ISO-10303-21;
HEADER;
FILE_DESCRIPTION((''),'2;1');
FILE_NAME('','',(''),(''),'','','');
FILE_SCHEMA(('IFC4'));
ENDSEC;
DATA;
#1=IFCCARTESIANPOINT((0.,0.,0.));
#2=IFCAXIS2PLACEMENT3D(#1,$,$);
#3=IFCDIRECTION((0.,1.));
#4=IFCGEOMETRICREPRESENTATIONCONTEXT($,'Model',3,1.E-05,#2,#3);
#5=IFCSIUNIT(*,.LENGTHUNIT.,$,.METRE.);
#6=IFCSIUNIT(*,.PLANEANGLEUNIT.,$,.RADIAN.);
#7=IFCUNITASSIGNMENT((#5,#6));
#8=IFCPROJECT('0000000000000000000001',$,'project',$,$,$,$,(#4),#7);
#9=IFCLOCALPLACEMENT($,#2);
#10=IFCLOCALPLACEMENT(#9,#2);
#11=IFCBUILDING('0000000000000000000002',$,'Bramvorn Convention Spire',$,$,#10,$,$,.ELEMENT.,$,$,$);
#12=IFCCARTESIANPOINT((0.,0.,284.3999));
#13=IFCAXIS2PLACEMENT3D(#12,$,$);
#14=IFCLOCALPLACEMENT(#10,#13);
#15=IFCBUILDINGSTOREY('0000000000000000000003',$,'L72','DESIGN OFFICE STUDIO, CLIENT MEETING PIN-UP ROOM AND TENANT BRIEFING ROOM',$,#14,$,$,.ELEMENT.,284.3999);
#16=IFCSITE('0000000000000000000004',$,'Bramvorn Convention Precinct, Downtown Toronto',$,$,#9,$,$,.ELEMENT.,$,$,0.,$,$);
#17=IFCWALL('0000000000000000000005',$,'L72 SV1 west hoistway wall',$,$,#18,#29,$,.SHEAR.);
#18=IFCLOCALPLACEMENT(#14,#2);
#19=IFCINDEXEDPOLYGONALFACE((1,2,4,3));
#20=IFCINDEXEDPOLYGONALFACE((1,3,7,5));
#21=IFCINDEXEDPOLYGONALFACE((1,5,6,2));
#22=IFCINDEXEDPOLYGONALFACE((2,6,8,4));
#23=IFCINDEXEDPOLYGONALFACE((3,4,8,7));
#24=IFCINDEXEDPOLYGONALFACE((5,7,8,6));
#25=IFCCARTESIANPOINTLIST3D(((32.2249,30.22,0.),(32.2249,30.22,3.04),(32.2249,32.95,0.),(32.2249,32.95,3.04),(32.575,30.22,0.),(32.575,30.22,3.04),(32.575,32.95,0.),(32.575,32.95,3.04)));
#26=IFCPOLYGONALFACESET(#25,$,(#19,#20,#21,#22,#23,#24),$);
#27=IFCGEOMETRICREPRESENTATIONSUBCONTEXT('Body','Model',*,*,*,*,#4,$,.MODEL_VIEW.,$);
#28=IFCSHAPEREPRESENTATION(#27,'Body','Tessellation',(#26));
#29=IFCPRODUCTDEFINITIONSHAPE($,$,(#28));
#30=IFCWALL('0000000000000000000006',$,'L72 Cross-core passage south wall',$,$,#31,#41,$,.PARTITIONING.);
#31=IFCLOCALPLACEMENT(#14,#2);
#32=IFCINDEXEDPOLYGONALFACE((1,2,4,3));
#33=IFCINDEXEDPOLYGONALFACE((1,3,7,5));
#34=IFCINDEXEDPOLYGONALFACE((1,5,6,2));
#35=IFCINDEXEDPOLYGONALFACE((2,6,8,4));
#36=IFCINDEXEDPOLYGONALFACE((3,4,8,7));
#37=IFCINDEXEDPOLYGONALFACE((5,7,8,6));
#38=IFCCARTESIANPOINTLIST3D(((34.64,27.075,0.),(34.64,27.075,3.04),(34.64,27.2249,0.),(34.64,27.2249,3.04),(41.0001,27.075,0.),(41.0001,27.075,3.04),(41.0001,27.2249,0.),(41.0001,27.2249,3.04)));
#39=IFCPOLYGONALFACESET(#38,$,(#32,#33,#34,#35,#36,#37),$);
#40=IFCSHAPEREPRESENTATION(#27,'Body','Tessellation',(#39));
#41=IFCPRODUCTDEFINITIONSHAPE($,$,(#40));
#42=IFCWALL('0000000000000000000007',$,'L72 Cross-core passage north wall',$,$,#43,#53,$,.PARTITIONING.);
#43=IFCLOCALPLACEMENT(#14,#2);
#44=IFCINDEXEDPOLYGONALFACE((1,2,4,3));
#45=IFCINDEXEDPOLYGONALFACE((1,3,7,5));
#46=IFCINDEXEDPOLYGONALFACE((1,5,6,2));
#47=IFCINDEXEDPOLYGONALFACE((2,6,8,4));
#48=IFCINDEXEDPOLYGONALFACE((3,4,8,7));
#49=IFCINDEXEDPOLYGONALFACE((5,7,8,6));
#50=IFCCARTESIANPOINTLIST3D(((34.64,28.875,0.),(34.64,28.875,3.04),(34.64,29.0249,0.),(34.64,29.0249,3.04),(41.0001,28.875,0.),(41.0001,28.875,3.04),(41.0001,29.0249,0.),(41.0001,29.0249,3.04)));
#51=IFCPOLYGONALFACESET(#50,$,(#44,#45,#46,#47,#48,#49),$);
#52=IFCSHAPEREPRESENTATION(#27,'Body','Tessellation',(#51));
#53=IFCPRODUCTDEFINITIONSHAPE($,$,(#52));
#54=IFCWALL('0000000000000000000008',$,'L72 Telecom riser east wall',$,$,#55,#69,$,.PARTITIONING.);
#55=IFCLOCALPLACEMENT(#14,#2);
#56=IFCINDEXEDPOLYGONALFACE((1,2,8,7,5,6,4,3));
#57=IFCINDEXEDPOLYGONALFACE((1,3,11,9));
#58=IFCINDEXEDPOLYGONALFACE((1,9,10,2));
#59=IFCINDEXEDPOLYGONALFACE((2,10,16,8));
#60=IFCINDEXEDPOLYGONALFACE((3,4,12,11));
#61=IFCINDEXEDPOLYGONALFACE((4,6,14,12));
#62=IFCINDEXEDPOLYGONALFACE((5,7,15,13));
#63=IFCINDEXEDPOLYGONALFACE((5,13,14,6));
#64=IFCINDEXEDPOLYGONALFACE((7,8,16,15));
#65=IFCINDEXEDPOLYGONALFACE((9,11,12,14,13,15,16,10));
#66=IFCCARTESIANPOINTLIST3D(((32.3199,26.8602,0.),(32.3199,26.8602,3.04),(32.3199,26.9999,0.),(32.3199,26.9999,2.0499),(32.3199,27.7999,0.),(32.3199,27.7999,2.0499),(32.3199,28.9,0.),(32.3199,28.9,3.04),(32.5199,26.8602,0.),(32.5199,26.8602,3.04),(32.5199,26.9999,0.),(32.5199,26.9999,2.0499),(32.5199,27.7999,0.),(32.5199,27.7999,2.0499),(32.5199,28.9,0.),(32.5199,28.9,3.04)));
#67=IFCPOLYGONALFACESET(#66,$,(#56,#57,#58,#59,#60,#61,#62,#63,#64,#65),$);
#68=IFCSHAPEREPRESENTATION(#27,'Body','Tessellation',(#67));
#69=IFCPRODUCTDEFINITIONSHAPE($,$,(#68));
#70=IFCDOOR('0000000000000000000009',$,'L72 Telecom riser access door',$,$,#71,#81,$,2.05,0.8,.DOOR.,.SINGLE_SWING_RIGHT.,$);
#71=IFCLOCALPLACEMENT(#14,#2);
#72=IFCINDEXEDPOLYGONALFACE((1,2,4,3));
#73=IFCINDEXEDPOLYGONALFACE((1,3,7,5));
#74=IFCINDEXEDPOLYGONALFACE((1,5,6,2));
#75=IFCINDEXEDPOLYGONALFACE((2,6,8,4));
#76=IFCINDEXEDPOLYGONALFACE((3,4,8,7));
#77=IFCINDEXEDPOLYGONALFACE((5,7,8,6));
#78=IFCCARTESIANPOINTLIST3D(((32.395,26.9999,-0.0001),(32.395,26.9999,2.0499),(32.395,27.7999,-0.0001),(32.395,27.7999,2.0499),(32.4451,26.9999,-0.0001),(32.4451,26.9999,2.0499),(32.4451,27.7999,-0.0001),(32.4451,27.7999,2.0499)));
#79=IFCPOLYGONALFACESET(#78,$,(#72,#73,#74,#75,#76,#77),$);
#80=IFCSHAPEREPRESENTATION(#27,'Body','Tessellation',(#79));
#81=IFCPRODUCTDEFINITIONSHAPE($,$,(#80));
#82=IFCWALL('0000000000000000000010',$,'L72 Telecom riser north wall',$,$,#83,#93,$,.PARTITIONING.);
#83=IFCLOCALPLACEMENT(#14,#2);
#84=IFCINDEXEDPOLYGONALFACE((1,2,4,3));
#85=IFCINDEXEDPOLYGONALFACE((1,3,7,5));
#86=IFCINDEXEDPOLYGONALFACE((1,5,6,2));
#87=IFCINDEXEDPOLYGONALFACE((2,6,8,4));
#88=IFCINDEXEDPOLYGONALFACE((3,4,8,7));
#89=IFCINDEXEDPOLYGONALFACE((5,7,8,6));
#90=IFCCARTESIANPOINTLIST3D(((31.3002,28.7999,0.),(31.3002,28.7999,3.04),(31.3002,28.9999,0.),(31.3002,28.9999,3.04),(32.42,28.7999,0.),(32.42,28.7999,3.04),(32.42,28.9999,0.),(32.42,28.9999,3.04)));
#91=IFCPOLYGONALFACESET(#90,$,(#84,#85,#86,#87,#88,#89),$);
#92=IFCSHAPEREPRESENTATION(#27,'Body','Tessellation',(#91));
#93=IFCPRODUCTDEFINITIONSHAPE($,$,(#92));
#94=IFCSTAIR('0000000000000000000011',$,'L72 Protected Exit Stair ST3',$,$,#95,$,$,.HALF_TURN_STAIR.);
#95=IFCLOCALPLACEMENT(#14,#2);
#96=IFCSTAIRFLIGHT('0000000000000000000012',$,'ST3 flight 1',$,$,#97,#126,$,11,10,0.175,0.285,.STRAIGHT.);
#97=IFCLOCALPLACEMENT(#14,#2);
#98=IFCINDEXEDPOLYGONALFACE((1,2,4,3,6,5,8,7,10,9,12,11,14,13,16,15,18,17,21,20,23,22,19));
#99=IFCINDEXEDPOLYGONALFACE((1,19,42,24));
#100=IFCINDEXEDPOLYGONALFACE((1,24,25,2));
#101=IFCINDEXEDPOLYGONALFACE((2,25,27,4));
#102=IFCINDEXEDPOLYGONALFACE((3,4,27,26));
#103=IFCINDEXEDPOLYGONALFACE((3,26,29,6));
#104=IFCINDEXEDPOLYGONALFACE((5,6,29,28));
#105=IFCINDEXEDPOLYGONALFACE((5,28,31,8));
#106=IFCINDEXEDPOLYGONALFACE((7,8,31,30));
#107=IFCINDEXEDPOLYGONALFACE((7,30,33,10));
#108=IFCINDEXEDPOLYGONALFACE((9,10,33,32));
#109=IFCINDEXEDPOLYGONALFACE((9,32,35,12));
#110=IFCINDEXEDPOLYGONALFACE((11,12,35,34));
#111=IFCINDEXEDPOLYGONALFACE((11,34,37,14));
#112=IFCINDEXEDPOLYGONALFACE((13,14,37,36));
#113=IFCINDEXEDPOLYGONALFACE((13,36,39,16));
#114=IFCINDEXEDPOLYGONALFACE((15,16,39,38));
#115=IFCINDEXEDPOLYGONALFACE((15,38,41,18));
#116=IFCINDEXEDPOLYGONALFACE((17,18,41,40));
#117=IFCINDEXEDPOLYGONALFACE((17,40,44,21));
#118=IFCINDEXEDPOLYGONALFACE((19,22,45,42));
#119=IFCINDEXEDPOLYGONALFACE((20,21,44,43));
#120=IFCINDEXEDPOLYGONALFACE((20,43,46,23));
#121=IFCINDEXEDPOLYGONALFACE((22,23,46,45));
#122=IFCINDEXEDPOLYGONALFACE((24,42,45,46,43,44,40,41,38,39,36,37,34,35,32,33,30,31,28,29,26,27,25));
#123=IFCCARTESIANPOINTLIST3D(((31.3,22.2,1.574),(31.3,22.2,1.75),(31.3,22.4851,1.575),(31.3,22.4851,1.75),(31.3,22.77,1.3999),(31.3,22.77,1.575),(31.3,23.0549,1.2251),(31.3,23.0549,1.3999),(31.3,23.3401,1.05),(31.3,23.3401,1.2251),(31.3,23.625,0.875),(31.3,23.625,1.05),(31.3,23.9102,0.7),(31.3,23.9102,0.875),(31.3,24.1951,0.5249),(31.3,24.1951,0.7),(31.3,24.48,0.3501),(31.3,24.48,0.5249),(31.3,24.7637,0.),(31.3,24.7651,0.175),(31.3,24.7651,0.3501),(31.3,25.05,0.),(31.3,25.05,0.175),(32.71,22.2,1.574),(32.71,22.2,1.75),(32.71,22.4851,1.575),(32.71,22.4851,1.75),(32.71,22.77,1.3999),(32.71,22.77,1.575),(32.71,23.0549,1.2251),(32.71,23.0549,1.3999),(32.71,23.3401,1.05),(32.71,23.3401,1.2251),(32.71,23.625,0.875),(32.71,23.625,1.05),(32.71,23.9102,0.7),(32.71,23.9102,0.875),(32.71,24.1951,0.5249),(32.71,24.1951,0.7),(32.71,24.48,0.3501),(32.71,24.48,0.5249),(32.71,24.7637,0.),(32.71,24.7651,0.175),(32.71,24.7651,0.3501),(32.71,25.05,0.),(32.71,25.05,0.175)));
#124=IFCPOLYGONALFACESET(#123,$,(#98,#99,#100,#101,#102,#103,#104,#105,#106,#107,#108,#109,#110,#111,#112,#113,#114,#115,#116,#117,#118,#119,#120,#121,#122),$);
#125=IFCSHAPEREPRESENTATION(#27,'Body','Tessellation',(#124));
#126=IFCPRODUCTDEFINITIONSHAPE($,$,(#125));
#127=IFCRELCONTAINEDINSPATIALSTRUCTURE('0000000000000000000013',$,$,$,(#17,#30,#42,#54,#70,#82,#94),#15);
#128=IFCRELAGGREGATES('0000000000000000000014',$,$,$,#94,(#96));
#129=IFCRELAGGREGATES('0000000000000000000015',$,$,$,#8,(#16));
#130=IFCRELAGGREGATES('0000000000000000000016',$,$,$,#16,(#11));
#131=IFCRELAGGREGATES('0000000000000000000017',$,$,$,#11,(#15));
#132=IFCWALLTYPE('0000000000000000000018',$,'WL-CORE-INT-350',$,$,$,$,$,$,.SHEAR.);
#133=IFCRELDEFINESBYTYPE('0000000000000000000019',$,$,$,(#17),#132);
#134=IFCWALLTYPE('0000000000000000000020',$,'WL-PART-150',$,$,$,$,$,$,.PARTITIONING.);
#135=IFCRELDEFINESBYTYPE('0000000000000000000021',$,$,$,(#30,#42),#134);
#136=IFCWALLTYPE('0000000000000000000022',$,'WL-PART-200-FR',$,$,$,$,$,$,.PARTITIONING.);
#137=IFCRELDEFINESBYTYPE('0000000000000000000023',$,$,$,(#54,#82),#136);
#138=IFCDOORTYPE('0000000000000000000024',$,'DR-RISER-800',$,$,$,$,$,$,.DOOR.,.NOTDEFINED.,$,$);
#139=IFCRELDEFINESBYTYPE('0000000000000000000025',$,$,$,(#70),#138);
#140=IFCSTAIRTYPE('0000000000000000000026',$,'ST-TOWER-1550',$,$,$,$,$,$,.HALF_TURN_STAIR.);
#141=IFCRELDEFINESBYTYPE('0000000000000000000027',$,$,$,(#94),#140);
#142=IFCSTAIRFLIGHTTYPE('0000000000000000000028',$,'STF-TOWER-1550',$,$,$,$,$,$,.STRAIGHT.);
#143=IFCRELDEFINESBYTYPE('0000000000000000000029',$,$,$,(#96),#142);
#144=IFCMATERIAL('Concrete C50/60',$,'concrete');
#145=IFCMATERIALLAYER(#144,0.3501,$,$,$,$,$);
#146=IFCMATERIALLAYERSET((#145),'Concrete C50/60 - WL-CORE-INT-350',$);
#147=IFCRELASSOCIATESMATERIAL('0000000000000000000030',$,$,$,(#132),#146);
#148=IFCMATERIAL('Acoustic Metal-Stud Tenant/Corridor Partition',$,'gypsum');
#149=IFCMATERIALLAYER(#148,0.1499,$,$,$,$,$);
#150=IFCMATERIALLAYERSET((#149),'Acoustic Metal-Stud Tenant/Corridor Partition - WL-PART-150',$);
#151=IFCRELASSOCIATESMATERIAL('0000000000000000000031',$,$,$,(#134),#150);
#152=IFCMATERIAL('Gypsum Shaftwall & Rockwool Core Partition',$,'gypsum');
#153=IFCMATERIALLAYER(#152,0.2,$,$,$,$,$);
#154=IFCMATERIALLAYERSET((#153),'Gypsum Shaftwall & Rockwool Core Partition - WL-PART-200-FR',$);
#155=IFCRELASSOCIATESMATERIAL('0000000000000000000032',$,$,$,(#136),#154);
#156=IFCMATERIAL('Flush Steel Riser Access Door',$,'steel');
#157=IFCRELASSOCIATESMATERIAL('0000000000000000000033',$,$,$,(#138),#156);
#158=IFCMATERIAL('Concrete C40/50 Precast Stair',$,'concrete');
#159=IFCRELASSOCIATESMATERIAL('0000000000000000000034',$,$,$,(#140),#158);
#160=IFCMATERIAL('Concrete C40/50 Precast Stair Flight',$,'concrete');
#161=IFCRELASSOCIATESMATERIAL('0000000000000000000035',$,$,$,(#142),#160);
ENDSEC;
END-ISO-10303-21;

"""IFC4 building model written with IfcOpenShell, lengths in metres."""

from ifc_helpers import new_model, si_unit, direction, frame, frame_2d, origin, place, context, subcontext, project, spatial, polyline, rectangle, outline, extrude, material, layer, layer_set, type_object, element, fill, aggregate, save


model = new_model("IFC4")

# Units and contexts
model_context = context("Model", 3, precision=1e-05, world=origin(), true_north=direction((0.0, 1.0)))
body_context = subcontext(model_context, "Body", "Model", "MODEL_VIEW")
ifc_project = project(units=[si_unit("LENGTHUNIT", "METRE"), si_unit("PLANEANGLEUNIT", "RADIAN")], contexts=[model_context])

# Site, building, storey
site_placement = place(None, origin())
site = spatial("IfcSite", under=ifc_project, at=site_placement, Name="Bramvorn Convention Precinct, Downtown Toronto", CompositionType="ELEMENT", RefElevation=0.0)
building_placement = place(site_placement, origin())
building = spatial("IfcBuilding", under=site, at=building_placement, Name="Bramvorn Convention Spire", CompositionType="ELEMENT")
storey_placement = place(building_placement, frame((0.0, 0.0, 284.3999)))
storey = spatial("IfcBuildingStorey", under=building, at=storey_placement, Name="L72", Description="DESIGN OFFICE STUDIO, CLIENT MEETING PIN-UP ROOM AND TENANT BRIEFING ROOM", CompositionType="ELEMENT", Elevation=284.3999)

# Shared definitions
ifc_material_1 = material(Name="Concrete C50/60", Category="concrete")
ifc_layer_1 = layer(ifc_material_1, 0.3501)
ifc_layer_set_1 = layer_set([ifc_layer_1], Name="Concrete C50/60 - WL-CORE-INT-350")
wall_type_1 = type_object("IfcWallType", Name="WL-CORE-INT-350", PredefinedType="SHEAR", material=ifc_layer_set_1)

# Walls
wall_1_placement = place(storey_placement, frame((32.3999, 30.22, 0.0), z_axis=(0.0, 0.0, 1.0), x_axis=(0.0, 1.0, 0.0)))
element("IfcWall", 1, at=wall_1_placement, inside=storey, type_object=wall_type_1, Name="L72 SV1 west hoistway wall", PredefinedType="SHEAR", context=body_context, shape_type="SweptSolid", body=[
    extrude(rectangle(XDim=2.73, YDim=0.3501, at=frame_2d((1.365, 0.0))), origin(), (0.0, 0.0, 1.0), 3.04),
])
ifc_material_2 = material(Name="Acoustic Metal-Stud Tenant/Corridor Partition", Category="gypsum")
ifc_layer_2 = layer(ifc_material_2, 0.1499)
ifc_layer_set_2 = layer_set([ifc_layer_2], Name="Acoustic Metal-Stud Tenant/Corridor Partition - WL-PART-150")
wall_type_2 = type_object("IfcWallType", Name="WL-PART-150", PredefinedType="PARTITIONING", material=ifc_layer_set_2)
for number, where, z_axis, x_axis, name in (
    (2, (34.6399, 27.1499, 0.0), (0.0, 0.0, 1.0), (1.0, 0.0, 0.0), "L72 Cross-core passage south wall"),
    (3, (34.6399, 28.95, 0.0), (0.0, 0.0, 1.0), (1.0, 0.0, 0.0), "L72 Cross-core passage north wall"),
):
    element("IfcWall", number, at=place(storey_placement, frame(where, z_axis=z_axis, x_axis=x_axis)), inside=storey, type_object=wall_type_2, Name=name, PredefinedType="PARTITIONING", context=body_context, shape_type="SweptSolid", body=[
        extrude(rectangle(XDim=6.3601, YDim=0.1499, at=frame_2d((3.1802, 0.0))), origin(), (0.0, 0.0, 1.0), 3.04),
    ])

# Wall, opening, door
ifc_material_3 = material(Name="Gypsum Shaftwall & Rockwool Core Partition", Category="gypsum")
ifc_layer_3 = layer(ifc_material_3, 0.2)
ifc_layer_set_3 = layer_set([ifc_layer_3], Name="Gypsum Shaftwall & Rockwool Core Partition - WL-PART-200-FR")
wall_type_3 = type_object("IfcWallType", Name="WL-PART-200-FR", PredefinedType="PARTITIONING", material=ifc_layer_set_3)
wall_2_placement = place(storey_placement, frame((32.4199, 26.8601, 0.0), z_axis=(0.0, 0.0, 1.0), x_axis=(0.0, 1.0, 0.0)))
wall_2 = element("IfcWall", 4, at=wall_2_placement, inside=storey, type_object=wall_type_3, Name="L72 Telecom riser east wall", PredefinedType="PARTITIONING", context=body_context, shape_type="SweptSolid", body=[
    extrude(rectangle(XDim=2.0398, YDim=0.2, at=frame_2d((1.02, 0.0))), origin(), (0.0, 0.0, 1.0), 3.04),
])
opening_1_placement = place(wall_2_placement, frame((0.1399, 0.0, 0.0)))
opening_1 = element("IfcOpeningElement", 5, at=opening_1_placement, cuts=wall_2, PredefinedType="OPENING", context=body_context, shape_type="SweptSolid", body=[
    extrude(rectangle(XDim=0.8, YDim=2.05, at=frame_2d((0.3999, 1.0249))), frame((0.0, 0.1099, 0.0), z_axis=(0.0, -1.0, 0.0), x_axis=(1.0, 0.0, 0.0)), (0.0, 0.0, 1.0), 0.22),
])
ifc_material_4 = material(Name="Flush Steel Riser Access Door", Category="steel")
door_type_1 = type_object("IfcDoorType", Name="DR-RISER-800", OperationType="NOTDEFINED", PredefinedType="DOOR", material=ifc_material_4)
door_1_placement = place(opening_1_placement, origin())
door_1 = element("IfcDoor", 6, at=door_1_placement, inside=storey, type_object=door_type_1, Name="L72 Telecom riser access door", OperationType="SINGLE_SWING_RIGHT", OverallHeight=2.05, OverallWidth=0.8, PredefinedType="DOOR", context=body_context, shape_type="SweptSolid", body=[
    extrude(rectangle(XDim=0.8, YDim=2.05, at=frame_2d((0.3999, 1.0249))), frame((0.0, 0.0249, 0.0), z_axis=(0.0, -1.0, 0.0), x_axis=(1.0, 0.0, 0.0)), (0.0, 0.0, 1.0), 0.05),
])
fill(opening_1, door_1)

# Wall
wall_3_placement = place(storey_placement, frame((31.3, 28.8999, 0.0), z_axis=(0.0, 0.0, 1.0), x_axis=(1.0, 0.0, 0.0)))
element("IfcWall", 7, at=wall_3_placement, inside=storey, type_object=wall_type_3, Name="L72 Telecom riser north wall", PredefinedType="PARTITIONING", context=body_context, shape_type="SweptSolid", body=[
    extrude(rectangle(XDim=1.1199, YDim=0.2, at=frame_2d((0.5601, 0.0))), origin(), (0.0, 0.0, 1.0), 3.04),
])

# Stair, stair flight
ifc_material_5 = material(Name="Concrete C40/50 Precast Stair", Category="concrete")
stair_type = type_object("IfcStairType", Name="ST-TOWER-1550", PredefinedType="HALF_TURN_STAIR", material=ifc_material_5)
stair_placement = place(storey_placement, origin())
stair = element("IfcStair", 8, at=stair_placement, inside=storey, type_object=stair_type, Name="L72 Protected Exit Stair ST3", PredefinedType="HALF_TURN_STAIR")
ifc_material_6 = material(Name="Concrete C40/50 Precast Stair Flight", Category="concrete")
stair_flight_type = type_object("IfcStairFlightType", Name="STF-TOWER-1550", PredefinedType="STRAIGHT", material=ifc_material_6)
stair_flight_placement = place(storey_placement, frame((32.0049, 25.05, 0.0), z_axis=(0.0, 0.0, 1.0), x_axis=(0.0, -1.0, 0.0)))
stair_flight = element("IfcStairFlight", 9, at=stair_flight_placement, type_object=stair_flight_type, Name="ST3 flight 1", NumberOfRisers=11, NumberOfTreads=10, PredefinedType="STRAIGHT", RiserHeight=0.175, TreadLength=0.285, context=body_context, shape_type="SweptSolid", body=[
    extrude(outline(polyline([(0.0, 0.0), (0.0, 0.175), (0.2849, 0.175), (0.2849, 0.3501), (0.5701, 0.3501), (0.5701, 0.5249), (0.855, 0.5249), (0.855, 0.7), (1.1399, 0.7), (1.1399, 0.875), (1.425, 0.875), (1.425, 1.05), (1.71, 1.05), (1.71, 1.2251), (1.9951, 1.2251), (1.9951, 1.3999), (2.28, 1.3999), (2.28, 1.575), (2.5649, 1.575), (2.5649, 1.75), (2.8501, 1.75), (2.8501, 1.925), (2.8501, 1.574), (0.2864, 0.0), (0.0, 0.0)])), frame((0.0, 0.7051, 0.0), z_axis=(0.0, -1.0, 0.0), x_axis=(1.0, 0.0, 0.0)), (0.0, 0.0, 1.0), 1.4099),
])
aggregate(stair, [stair_flight])

save(model, "model.ifc")
